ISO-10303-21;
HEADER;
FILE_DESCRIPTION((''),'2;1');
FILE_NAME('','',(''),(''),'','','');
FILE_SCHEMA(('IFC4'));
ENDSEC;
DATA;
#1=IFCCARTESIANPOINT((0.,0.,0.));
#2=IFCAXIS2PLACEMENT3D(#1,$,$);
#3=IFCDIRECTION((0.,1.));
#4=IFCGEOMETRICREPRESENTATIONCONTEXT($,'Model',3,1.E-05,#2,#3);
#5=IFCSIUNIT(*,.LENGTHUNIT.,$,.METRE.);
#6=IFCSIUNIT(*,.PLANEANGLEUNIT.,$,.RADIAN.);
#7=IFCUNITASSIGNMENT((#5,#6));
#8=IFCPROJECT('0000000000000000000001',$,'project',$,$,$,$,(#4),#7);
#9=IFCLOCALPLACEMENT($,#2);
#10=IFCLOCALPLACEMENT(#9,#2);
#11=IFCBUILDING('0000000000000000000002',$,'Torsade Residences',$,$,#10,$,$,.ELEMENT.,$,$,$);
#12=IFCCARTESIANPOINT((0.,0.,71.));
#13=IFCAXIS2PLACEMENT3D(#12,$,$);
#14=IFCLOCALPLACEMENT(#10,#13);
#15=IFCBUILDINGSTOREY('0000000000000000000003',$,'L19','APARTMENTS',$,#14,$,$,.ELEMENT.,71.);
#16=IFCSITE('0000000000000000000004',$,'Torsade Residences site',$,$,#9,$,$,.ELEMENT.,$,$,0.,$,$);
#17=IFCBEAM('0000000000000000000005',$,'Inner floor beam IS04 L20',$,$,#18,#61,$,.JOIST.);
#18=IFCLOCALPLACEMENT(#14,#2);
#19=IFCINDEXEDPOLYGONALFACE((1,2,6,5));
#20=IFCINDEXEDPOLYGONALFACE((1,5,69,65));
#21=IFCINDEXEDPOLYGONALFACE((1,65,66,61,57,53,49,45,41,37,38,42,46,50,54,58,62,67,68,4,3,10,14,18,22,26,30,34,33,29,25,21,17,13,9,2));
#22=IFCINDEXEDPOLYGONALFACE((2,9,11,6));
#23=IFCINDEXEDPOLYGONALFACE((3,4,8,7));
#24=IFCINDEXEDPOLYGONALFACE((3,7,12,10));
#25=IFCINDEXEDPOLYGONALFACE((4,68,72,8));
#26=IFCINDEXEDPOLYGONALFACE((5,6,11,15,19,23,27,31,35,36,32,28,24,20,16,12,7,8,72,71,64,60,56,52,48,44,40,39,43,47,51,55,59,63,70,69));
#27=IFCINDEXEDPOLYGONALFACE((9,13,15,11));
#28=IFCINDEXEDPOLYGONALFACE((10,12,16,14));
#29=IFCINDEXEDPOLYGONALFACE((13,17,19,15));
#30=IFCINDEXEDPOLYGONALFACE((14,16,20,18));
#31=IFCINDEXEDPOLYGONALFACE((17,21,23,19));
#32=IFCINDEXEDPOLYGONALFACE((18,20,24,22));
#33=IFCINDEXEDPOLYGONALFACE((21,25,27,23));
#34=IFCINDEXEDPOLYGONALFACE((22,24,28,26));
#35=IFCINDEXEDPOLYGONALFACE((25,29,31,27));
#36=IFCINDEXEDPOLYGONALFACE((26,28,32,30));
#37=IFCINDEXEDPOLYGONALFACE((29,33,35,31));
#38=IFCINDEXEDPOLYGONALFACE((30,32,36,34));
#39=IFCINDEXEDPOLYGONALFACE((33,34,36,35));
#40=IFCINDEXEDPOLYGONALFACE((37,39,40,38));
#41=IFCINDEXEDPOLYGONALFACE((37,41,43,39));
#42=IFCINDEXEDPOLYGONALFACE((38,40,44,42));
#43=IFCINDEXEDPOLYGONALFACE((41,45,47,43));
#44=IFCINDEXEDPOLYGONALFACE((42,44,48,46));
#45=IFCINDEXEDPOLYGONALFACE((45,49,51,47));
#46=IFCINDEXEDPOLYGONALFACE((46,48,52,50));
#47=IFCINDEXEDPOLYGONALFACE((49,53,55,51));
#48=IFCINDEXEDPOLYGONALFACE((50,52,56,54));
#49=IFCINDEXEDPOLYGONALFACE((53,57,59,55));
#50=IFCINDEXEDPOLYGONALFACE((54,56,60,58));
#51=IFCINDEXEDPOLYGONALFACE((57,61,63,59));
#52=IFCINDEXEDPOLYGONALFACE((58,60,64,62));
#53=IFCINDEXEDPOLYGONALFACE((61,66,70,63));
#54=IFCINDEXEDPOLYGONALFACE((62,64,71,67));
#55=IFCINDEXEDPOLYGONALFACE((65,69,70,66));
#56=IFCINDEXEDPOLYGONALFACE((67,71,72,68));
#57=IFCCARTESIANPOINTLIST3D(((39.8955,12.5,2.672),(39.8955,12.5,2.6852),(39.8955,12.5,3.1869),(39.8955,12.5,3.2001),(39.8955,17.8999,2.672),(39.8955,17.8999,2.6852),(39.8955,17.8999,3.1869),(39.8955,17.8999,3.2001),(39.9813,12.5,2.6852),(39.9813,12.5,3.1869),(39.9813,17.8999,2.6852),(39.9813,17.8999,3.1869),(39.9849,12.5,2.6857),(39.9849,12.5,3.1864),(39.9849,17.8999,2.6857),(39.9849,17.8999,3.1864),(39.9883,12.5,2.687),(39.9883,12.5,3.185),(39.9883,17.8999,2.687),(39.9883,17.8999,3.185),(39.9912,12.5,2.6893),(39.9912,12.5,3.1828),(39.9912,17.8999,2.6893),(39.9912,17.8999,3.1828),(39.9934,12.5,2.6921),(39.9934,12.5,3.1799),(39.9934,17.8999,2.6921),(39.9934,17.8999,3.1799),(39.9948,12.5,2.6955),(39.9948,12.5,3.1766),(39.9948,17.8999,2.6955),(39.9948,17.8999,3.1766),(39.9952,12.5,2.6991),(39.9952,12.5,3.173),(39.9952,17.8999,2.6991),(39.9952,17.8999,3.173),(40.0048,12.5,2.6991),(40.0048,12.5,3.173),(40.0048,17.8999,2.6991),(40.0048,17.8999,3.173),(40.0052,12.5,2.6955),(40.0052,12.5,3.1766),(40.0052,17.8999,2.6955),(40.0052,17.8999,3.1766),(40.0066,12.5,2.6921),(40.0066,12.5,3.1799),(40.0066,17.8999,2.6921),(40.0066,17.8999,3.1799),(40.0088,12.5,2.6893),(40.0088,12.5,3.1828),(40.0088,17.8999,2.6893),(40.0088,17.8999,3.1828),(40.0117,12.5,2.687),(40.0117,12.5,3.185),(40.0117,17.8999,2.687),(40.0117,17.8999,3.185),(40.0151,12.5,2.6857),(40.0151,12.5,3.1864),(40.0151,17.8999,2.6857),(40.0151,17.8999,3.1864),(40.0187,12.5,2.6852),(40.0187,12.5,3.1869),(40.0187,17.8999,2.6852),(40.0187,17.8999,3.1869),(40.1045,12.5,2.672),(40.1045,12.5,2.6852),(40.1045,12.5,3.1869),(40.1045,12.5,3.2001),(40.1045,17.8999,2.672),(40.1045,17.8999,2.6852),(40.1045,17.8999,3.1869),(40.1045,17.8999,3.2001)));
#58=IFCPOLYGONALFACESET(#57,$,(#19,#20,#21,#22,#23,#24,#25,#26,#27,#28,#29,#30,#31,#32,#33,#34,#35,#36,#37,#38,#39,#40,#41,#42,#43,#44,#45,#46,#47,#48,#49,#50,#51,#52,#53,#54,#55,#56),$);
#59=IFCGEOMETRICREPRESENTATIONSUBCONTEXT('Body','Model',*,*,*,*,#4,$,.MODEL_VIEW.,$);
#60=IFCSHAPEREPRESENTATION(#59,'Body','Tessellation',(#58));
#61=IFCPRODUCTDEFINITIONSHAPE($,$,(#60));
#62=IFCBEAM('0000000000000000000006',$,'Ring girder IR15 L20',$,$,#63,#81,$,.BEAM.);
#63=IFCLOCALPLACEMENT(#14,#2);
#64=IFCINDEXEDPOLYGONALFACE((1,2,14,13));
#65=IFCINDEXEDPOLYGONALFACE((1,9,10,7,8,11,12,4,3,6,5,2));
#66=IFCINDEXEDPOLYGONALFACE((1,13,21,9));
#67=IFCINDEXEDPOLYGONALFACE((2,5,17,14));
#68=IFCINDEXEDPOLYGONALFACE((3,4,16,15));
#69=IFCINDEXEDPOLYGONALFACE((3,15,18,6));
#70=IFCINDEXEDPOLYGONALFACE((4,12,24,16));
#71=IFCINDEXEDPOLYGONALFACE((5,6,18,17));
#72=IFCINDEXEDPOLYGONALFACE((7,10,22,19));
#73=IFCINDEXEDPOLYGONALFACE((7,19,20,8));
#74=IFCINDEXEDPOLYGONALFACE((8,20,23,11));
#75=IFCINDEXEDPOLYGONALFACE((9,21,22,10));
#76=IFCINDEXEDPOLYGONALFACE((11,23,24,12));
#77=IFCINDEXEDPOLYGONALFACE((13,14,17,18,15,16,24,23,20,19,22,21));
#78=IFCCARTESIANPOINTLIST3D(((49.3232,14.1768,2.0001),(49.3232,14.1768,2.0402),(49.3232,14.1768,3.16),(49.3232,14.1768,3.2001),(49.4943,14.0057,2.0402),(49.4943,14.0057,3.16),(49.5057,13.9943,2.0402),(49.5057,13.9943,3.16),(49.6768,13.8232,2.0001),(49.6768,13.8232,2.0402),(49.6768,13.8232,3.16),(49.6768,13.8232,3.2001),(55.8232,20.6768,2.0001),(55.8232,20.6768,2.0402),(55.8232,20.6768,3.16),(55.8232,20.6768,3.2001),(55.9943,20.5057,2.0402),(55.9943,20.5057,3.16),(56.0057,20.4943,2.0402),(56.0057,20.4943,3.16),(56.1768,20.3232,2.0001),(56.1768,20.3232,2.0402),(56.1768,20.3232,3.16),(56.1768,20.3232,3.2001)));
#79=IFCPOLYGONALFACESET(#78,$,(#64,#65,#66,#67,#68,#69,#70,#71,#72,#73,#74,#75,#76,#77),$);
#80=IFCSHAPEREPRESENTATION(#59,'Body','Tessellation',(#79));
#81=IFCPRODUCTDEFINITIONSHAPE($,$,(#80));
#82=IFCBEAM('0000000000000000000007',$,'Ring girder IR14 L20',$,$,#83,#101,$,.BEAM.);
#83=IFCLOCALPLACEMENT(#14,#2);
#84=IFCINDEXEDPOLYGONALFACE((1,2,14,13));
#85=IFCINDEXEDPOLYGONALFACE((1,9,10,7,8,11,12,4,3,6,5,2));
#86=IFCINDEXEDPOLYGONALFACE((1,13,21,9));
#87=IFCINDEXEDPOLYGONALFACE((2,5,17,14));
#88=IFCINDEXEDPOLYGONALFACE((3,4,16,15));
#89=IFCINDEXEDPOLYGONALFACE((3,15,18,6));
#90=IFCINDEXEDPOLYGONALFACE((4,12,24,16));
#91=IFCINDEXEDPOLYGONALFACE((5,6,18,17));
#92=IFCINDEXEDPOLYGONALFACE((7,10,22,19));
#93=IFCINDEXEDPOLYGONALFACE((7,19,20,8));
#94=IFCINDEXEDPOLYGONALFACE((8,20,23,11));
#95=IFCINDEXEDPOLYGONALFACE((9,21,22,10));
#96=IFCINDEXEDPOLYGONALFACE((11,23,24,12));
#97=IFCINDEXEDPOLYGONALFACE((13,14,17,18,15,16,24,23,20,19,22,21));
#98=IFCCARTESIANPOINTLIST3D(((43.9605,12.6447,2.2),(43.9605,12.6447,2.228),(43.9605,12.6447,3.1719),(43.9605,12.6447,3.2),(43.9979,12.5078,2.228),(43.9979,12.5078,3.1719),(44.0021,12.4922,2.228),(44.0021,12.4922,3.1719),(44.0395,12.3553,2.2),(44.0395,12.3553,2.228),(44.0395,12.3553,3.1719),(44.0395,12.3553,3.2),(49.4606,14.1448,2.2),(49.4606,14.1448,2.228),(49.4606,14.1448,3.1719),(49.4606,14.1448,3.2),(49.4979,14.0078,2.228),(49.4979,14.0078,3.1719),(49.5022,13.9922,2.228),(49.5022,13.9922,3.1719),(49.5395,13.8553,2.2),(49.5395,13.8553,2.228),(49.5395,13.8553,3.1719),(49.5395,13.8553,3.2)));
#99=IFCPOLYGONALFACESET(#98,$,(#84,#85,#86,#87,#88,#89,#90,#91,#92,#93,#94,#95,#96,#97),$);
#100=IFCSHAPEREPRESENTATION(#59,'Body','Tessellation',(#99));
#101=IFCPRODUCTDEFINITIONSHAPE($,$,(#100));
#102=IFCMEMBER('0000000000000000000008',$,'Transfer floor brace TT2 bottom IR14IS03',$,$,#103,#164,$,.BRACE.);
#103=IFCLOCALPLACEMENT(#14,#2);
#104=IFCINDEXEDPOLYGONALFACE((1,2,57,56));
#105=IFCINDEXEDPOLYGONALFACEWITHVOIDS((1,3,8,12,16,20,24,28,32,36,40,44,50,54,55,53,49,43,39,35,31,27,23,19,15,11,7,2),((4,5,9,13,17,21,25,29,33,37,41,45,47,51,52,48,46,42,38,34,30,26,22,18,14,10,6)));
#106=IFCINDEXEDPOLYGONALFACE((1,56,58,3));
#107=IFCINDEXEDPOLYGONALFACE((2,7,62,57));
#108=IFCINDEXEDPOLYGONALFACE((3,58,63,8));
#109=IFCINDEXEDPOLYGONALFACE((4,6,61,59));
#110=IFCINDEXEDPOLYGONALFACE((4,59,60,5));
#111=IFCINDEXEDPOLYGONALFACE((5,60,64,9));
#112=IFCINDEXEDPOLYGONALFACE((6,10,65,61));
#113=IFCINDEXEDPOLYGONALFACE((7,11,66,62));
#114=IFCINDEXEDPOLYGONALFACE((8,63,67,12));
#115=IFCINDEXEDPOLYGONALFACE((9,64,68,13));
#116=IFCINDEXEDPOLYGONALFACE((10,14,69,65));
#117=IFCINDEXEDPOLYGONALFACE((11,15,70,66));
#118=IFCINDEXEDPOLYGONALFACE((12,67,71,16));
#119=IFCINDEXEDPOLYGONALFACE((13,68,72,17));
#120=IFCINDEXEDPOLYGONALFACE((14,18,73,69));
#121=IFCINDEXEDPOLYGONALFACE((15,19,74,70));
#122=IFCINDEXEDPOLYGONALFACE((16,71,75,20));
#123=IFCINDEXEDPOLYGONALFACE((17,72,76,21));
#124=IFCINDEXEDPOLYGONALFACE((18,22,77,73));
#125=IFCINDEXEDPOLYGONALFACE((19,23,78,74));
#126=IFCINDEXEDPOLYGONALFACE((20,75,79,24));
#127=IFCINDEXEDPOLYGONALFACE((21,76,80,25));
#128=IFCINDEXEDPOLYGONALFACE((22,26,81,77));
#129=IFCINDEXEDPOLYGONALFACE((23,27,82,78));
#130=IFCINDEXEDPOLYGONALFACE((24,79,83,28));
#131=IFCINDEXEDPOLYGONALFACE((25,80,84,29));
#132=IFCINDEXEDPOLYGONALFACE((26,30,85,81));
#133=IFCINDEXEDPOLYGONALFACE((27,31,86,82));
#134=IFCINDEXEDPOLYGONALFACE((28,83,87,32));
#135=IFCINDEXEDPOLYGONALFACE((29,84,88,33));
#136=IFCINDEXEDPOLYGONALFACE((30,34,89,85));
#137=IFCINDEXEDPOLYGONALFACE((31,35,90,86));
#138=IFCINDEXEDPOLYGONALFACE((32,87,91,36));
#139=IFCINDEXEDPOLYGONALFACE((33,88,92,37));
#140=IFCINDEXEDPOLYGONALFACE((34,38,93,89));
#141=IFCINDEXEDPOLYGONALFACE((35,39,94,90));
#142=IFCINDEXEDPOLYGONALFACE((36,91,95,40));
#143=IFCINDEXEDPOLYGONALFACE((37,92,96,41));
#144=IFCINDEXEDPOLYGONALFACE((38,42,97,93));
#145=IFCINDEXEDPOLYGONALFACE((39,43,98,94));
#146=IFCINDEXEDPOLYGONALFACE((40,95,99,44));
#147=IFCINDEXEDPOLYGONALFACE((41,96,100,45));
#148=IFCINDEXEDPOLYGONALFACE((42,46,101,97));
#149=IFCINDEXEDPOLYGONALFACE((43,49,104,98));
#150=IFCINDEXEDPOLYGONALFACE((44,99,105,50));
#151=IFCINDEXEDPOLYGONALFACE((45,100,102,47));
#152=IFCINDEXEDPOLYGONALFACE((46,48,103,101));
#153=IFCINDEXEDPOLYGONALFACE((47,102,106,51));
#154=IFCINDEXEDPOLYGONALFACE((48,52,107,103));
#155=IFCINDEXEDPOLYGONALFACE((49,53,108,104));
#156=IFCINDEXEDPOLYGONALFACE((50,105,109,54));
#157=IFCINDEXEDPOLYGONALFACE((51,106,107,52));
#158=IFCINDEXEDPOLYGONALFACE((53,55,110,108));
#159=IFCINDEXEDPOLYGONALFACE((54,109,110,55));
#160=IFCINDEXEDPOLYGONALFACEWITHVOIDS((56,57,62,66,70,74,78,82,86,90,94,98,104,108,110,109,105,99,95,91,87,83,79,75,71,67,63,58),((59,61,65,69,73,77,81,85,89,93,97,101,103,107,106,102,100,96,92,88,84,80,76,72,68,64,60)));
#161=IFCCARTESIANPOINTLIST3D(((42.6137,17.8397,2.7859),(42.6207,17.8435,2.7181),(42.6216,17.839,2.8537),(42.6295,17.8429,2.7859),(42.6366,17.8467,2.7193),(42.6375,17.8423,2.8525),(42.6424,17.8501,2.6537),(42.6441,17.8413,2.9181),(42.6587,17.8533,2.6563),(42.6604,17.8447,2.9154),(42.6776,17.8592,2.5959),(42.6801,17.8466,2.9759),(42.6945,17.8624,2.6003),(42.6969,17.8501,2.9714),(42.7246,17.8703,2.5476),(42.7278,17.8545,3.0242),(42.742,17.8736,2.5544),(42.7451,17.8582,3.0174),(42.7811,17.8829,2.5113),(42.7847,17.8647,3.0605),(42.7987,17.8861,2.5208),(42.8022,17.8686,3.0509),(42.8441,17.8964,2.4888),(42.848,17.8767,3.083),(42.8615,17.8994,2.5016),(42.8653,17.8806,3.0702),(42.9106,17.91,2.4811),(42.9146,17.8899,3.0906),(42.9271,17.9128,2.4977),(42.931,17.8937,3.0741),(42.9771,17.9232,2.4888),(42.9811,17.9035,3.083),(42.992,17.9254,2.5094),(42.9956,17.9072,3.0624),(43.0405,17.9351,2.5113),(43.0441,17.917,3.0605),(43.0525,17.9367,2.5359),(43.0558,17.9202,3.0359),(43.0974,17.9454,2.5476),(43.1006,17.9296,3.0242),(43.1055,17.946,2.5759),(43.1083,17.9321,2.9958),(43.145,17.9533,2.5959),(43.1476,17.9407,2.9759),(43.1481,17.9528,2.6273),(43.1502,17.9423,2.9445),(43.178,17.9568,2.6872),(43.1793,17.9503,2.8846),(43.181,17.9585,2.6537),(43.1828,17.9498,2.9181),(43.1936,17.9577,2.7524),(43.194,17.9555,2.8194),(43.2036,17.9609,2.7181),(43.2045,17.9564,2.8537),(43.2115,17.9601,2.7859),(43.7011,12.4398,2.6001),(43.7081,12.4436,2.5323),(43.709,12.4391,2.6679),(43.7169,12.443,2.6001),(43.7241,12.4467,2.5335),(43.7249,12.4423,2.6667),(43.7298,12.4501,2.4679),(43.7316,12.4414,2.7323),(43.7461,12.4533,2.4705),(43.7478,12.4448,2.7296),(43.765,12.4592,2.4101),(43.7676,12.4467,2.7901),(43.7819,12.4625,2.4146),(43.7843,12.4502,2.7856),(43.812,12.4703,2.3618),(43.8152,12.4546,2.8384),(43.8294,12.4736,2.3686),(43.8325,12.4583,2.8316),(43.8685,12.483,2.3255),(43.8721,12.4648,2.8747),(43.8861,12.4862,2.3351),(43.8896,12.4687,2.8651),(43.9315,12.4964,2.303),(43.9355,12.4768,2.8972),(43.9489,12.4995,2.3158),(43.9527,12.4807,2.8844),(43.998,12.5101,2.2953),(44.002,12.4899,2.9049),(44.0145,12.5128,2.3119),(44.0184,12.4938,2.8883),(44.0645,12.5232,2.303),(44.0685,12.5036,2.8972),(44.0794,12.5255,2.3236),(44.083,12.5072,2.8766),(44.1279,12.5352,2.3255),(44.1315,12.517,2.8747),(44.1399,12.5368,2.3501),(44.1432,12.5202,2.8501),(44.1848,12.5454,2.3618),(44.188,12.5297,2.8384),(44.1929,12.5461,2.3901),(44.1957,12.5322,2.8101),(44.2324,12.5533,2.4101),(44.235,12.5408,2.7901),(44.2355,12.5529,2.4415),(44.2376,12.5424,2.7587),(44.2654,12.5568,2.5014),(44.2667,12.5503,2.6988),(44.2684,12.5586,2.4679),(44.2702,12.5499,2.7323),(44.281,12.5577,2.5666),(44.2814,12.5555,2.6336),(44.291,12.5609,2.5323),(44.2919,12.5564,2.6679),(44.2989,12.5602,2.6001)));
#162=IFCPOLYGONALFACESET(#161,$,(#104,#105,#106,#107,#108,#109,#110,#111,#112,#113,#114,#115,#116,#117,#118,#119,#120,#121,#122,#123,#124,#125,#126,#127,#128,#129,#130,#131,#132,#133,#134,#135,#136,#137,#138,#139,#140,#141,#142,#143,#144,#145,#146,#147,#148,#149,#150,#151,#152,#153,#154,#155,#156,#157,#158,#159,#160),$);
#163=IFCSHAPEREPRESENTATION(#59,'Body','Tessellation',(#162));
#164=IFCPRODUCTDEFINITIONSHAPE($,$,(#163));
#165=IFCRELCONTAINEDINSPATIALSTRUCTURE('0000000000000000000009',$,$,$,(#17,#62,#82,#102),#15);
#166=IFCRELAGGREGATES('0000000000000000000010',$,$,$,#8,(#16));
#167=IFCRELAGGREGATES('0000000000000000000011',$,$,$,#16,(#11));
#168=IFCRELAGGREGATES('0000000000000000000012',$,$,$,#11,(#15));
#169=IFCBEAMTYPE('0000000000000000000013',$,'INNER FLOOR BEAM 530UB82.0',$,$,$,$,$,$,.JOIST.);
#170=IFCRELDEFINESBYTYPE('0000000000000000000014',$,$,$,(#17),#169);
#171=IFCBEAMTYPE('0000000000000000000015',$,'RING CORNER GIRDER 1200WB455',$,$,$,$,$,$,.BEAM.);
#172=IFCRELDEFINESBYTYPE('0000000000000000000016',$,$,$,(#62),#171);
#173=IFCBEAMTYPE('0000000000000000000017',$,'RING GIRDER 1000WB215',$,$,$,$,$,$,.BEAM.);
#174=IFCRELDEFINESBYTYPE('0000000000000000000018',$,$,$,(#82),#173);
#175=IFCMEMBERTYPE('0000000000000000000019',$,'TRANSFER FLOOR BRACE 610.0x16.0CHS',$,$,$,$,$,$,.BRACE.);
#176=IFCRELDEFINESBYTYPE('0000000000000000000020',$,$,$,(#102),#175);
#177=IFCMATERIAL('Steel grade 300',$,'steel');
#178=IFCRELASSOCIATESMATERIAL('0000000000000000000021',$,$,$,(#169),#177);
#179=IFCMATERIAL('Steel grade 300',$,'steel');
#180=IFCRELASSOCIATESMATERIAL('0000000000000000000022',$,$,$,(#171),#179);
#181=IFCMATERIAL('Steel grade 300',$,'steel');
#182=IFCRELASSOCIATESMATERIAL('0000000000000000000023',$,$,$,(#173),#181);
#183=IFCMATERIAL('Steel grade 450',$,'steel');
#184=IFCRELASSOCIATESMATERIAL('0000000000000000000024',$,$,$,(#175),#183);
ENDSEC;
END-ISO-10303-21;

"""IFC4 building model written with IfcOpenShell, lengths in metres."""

from ifc_helpers import new_model, si_unit, direction, frame, origin, origin_2d, place, context, subcontext, project, spatial, hollow_circle, i_section, extrude, material, material_profile, profile_set, type_object, element, save


model = new_model("IFC4")

# Units and contexts
model_context = context("Model", 3, precision=1e-05, world=origin(), true_north=direction((0.0, 1.0)))
body_context = subcontext(model_context, "Body", "Model", "MODEL_VIEW")
ifc_project = project(units=[si_unit("LENGTHUNIT", "METRE"), si_unit("PLANEANGLEUNIT", "RADIAN")], contexts=[model_context])

# Site, building, storey
site_placement = place(None, origin())
site = spatial("IfcSite", under=ifc_project, at=site_placement, Name="Torsade Residences site", CompositionType="ELEMENT", RefElevation=0.0)
building_placement = place(site_placement, origin())
building = spatial("IfcBuilding", under=site, at=building_placement, Name="Torsade Residences", CompositionType="ELEMENT")
storey_placement = place(building_placement, frame((0.0, 0.0, 71.0)))
storey = spatial("IfcBuildingStorey", under=building, at=storey_placement, Name="L19", Description="APARTMENTS", CompositionType="ELEMENT", Elevation=71.0)

# Beams
ifc_material_1 = material(Name="Steel grade 300", Category="steel")
ifc_material_profile_1 = material_profile(ifc_material_1, i_section(OverallWidth=0.209, OverallDepth=0.5281, WebThickness=0.0095, FlangeThickness=0.0132, FilletRadius=0.0139, at=origin_2d()), Name="530UB82.0")
ifc_profile_set_1 = profile_set([ifc_material_profile_1], Name="Steel grade 300")
beam_type_1 = type_object("IfcBeamType", Name="INNER FLOOR BEAM 530UB82.0", PredefinedType="JOIST", material=ifc_profile_set_1)
for number, where, z_axis, x_axis, name in (
    (1, (40.0, 17.8999, 2.936), (0.0, -1.0, 0.0), (1.0, 0.0, 0.0), "Inner floor beam IS04 L20"),
):
    element("IfcBeam", number, at=place(storey_placement, frame(where, z_axis=z_axis, x_axis=x_axis)), inside=storey, type_object=beam_type_1, Name=name, PredefinedType="JOIST", context=body_context, shape_type="SweptSolid", body=[
        extrude(i_section(OverallWidth=0.209, OverallDepth=0.5281, WebThickness=0.0095, FlangeThickness=0.0132, FilletRadius=0.0139, at=origin_2d()), origin(), (0.0, 0.0, 1.0), 5.3999),
    ])
ifc_material_2 = material(Name="Steel grade 300", Category="steel")
ifc_material_profile_2 = material_profile(ifc_material_2, i_section(OverallWidth=0.5, OverallDepth=1.2, WebThickness=0.0161, FlangeThickness=0.04, at=origin_2d()), Name="1200WB455")
ifc_profile_set_2 = profile_set([ifc_material_profile_2], Name="Steel grade 300")
beam_type_2 = type_object("IfcBeamType", Name="RING CORNER GIRDER 1200WB455", PredefinedType="BEAM", material=ifc_profile_set_2)
beam_1_placement = place(storey_placement, frame((49.5, 14.0, 2.6001), z_axis=(0.707107, 0.707107, 0.0), x_axis=(-0.707107, 0.707107, 0.0)))
element("IfcBeam", 2, at=beam_1_placement, inside=storey, type_object=beam_type_2, Name="Ring girder IR15 L20", PredefinedType="BEAM", context=body_context, shape_type="SweptSolid", body=[
    extrude(i_section(OverallWidth=0.5, OverallDepth=1.2, WebThickness=0.0161, FlangeThickness=0.04, at=origin_2d()), origin(), (0.0, 0.0, 1.0), 9.1924),
])
ifc_material_3 = material(Name="Steel grade 300", Category="steel")
ifc_material_profile_3 = material_profile(ifc_material_3, i_section(OverallWidth=0.3, OverallDepth=1.0, WebThickness=0.0161, FlangeThickness=0.0281, at=origin_2d()), Name="1000WB215")
ifc_profile_set_3 = profile_set([ifc_material_profile_3], Name="Steel grade 300")
beam_type_3 = type_object("IfcBeamType", Name="RING GIRDER 1000WB215", PredefinedType="BEAM", material=ifc_profile_set_3)
beam_2_placement = place(storey_placement, frame((44.0, 12.5, 2.7), z_axis=(0.964764, 0.263117, 0.0), x_axis=(-0.263117, 0.964764, 0.0)))
element("IfcBeam", 3, at=beam_2_placement, inside=storey, type_object=beam_type_3, Name="Ring girder IR14 L20", PredefinedType="BEAM", context=body_context, shape_type="SweptSolid", body=[
    extrude(i_section(OverallWidth=0.3, OverallDepth=1.0, WebThickness=0.0161, FlangeThickness=0.0281, at=origin_2d()), origin(), (0.0, 0.0, 1.0), 5.7009),
])

# Member
ifc_material_4 = material(Name="Steel grade 450", Category="steel")
ifc_material_profile_4 = material_profile(ifc_material_4, hollow_circle(Radius=0.3049, WallThickness=0.0161, at=origin_2d()), Name="610.0x16.0CHS")
ifc_profile_set_4 = profile_set([ifc_material_profile_4], Name="Steel grade 450")
member_type = type_object("IfcMemberType", Name="TRANSFER FLOOR BRACE 610.0x16.0CHS", PredefinedType="BRACE", material=ifc_profile_set_4)
member_1_placement = place(storey_placement, frame((44.0, 12.5, 2.6001), z_axis=(-0.197299, 0.979764, 0.03371), x_axis=(-0.980321, -0.197412, 0.0)))
element("IfcMember", 4, at=member_1_placement, inside=storey, type_object=member_type, Name="Transfer floor brace TT2 bottom IR14IS03", PredefinedType="BRACE", context=body_context, shape_type="SweptSolid", body=[
    extrude(hollow_circle(Radius=0.3049, WallThickness=0.0161, at=origin_2d()), origin(), (0.0, 0.0, 1.0), 5.5115),
])

save(model, "model.ifc")
